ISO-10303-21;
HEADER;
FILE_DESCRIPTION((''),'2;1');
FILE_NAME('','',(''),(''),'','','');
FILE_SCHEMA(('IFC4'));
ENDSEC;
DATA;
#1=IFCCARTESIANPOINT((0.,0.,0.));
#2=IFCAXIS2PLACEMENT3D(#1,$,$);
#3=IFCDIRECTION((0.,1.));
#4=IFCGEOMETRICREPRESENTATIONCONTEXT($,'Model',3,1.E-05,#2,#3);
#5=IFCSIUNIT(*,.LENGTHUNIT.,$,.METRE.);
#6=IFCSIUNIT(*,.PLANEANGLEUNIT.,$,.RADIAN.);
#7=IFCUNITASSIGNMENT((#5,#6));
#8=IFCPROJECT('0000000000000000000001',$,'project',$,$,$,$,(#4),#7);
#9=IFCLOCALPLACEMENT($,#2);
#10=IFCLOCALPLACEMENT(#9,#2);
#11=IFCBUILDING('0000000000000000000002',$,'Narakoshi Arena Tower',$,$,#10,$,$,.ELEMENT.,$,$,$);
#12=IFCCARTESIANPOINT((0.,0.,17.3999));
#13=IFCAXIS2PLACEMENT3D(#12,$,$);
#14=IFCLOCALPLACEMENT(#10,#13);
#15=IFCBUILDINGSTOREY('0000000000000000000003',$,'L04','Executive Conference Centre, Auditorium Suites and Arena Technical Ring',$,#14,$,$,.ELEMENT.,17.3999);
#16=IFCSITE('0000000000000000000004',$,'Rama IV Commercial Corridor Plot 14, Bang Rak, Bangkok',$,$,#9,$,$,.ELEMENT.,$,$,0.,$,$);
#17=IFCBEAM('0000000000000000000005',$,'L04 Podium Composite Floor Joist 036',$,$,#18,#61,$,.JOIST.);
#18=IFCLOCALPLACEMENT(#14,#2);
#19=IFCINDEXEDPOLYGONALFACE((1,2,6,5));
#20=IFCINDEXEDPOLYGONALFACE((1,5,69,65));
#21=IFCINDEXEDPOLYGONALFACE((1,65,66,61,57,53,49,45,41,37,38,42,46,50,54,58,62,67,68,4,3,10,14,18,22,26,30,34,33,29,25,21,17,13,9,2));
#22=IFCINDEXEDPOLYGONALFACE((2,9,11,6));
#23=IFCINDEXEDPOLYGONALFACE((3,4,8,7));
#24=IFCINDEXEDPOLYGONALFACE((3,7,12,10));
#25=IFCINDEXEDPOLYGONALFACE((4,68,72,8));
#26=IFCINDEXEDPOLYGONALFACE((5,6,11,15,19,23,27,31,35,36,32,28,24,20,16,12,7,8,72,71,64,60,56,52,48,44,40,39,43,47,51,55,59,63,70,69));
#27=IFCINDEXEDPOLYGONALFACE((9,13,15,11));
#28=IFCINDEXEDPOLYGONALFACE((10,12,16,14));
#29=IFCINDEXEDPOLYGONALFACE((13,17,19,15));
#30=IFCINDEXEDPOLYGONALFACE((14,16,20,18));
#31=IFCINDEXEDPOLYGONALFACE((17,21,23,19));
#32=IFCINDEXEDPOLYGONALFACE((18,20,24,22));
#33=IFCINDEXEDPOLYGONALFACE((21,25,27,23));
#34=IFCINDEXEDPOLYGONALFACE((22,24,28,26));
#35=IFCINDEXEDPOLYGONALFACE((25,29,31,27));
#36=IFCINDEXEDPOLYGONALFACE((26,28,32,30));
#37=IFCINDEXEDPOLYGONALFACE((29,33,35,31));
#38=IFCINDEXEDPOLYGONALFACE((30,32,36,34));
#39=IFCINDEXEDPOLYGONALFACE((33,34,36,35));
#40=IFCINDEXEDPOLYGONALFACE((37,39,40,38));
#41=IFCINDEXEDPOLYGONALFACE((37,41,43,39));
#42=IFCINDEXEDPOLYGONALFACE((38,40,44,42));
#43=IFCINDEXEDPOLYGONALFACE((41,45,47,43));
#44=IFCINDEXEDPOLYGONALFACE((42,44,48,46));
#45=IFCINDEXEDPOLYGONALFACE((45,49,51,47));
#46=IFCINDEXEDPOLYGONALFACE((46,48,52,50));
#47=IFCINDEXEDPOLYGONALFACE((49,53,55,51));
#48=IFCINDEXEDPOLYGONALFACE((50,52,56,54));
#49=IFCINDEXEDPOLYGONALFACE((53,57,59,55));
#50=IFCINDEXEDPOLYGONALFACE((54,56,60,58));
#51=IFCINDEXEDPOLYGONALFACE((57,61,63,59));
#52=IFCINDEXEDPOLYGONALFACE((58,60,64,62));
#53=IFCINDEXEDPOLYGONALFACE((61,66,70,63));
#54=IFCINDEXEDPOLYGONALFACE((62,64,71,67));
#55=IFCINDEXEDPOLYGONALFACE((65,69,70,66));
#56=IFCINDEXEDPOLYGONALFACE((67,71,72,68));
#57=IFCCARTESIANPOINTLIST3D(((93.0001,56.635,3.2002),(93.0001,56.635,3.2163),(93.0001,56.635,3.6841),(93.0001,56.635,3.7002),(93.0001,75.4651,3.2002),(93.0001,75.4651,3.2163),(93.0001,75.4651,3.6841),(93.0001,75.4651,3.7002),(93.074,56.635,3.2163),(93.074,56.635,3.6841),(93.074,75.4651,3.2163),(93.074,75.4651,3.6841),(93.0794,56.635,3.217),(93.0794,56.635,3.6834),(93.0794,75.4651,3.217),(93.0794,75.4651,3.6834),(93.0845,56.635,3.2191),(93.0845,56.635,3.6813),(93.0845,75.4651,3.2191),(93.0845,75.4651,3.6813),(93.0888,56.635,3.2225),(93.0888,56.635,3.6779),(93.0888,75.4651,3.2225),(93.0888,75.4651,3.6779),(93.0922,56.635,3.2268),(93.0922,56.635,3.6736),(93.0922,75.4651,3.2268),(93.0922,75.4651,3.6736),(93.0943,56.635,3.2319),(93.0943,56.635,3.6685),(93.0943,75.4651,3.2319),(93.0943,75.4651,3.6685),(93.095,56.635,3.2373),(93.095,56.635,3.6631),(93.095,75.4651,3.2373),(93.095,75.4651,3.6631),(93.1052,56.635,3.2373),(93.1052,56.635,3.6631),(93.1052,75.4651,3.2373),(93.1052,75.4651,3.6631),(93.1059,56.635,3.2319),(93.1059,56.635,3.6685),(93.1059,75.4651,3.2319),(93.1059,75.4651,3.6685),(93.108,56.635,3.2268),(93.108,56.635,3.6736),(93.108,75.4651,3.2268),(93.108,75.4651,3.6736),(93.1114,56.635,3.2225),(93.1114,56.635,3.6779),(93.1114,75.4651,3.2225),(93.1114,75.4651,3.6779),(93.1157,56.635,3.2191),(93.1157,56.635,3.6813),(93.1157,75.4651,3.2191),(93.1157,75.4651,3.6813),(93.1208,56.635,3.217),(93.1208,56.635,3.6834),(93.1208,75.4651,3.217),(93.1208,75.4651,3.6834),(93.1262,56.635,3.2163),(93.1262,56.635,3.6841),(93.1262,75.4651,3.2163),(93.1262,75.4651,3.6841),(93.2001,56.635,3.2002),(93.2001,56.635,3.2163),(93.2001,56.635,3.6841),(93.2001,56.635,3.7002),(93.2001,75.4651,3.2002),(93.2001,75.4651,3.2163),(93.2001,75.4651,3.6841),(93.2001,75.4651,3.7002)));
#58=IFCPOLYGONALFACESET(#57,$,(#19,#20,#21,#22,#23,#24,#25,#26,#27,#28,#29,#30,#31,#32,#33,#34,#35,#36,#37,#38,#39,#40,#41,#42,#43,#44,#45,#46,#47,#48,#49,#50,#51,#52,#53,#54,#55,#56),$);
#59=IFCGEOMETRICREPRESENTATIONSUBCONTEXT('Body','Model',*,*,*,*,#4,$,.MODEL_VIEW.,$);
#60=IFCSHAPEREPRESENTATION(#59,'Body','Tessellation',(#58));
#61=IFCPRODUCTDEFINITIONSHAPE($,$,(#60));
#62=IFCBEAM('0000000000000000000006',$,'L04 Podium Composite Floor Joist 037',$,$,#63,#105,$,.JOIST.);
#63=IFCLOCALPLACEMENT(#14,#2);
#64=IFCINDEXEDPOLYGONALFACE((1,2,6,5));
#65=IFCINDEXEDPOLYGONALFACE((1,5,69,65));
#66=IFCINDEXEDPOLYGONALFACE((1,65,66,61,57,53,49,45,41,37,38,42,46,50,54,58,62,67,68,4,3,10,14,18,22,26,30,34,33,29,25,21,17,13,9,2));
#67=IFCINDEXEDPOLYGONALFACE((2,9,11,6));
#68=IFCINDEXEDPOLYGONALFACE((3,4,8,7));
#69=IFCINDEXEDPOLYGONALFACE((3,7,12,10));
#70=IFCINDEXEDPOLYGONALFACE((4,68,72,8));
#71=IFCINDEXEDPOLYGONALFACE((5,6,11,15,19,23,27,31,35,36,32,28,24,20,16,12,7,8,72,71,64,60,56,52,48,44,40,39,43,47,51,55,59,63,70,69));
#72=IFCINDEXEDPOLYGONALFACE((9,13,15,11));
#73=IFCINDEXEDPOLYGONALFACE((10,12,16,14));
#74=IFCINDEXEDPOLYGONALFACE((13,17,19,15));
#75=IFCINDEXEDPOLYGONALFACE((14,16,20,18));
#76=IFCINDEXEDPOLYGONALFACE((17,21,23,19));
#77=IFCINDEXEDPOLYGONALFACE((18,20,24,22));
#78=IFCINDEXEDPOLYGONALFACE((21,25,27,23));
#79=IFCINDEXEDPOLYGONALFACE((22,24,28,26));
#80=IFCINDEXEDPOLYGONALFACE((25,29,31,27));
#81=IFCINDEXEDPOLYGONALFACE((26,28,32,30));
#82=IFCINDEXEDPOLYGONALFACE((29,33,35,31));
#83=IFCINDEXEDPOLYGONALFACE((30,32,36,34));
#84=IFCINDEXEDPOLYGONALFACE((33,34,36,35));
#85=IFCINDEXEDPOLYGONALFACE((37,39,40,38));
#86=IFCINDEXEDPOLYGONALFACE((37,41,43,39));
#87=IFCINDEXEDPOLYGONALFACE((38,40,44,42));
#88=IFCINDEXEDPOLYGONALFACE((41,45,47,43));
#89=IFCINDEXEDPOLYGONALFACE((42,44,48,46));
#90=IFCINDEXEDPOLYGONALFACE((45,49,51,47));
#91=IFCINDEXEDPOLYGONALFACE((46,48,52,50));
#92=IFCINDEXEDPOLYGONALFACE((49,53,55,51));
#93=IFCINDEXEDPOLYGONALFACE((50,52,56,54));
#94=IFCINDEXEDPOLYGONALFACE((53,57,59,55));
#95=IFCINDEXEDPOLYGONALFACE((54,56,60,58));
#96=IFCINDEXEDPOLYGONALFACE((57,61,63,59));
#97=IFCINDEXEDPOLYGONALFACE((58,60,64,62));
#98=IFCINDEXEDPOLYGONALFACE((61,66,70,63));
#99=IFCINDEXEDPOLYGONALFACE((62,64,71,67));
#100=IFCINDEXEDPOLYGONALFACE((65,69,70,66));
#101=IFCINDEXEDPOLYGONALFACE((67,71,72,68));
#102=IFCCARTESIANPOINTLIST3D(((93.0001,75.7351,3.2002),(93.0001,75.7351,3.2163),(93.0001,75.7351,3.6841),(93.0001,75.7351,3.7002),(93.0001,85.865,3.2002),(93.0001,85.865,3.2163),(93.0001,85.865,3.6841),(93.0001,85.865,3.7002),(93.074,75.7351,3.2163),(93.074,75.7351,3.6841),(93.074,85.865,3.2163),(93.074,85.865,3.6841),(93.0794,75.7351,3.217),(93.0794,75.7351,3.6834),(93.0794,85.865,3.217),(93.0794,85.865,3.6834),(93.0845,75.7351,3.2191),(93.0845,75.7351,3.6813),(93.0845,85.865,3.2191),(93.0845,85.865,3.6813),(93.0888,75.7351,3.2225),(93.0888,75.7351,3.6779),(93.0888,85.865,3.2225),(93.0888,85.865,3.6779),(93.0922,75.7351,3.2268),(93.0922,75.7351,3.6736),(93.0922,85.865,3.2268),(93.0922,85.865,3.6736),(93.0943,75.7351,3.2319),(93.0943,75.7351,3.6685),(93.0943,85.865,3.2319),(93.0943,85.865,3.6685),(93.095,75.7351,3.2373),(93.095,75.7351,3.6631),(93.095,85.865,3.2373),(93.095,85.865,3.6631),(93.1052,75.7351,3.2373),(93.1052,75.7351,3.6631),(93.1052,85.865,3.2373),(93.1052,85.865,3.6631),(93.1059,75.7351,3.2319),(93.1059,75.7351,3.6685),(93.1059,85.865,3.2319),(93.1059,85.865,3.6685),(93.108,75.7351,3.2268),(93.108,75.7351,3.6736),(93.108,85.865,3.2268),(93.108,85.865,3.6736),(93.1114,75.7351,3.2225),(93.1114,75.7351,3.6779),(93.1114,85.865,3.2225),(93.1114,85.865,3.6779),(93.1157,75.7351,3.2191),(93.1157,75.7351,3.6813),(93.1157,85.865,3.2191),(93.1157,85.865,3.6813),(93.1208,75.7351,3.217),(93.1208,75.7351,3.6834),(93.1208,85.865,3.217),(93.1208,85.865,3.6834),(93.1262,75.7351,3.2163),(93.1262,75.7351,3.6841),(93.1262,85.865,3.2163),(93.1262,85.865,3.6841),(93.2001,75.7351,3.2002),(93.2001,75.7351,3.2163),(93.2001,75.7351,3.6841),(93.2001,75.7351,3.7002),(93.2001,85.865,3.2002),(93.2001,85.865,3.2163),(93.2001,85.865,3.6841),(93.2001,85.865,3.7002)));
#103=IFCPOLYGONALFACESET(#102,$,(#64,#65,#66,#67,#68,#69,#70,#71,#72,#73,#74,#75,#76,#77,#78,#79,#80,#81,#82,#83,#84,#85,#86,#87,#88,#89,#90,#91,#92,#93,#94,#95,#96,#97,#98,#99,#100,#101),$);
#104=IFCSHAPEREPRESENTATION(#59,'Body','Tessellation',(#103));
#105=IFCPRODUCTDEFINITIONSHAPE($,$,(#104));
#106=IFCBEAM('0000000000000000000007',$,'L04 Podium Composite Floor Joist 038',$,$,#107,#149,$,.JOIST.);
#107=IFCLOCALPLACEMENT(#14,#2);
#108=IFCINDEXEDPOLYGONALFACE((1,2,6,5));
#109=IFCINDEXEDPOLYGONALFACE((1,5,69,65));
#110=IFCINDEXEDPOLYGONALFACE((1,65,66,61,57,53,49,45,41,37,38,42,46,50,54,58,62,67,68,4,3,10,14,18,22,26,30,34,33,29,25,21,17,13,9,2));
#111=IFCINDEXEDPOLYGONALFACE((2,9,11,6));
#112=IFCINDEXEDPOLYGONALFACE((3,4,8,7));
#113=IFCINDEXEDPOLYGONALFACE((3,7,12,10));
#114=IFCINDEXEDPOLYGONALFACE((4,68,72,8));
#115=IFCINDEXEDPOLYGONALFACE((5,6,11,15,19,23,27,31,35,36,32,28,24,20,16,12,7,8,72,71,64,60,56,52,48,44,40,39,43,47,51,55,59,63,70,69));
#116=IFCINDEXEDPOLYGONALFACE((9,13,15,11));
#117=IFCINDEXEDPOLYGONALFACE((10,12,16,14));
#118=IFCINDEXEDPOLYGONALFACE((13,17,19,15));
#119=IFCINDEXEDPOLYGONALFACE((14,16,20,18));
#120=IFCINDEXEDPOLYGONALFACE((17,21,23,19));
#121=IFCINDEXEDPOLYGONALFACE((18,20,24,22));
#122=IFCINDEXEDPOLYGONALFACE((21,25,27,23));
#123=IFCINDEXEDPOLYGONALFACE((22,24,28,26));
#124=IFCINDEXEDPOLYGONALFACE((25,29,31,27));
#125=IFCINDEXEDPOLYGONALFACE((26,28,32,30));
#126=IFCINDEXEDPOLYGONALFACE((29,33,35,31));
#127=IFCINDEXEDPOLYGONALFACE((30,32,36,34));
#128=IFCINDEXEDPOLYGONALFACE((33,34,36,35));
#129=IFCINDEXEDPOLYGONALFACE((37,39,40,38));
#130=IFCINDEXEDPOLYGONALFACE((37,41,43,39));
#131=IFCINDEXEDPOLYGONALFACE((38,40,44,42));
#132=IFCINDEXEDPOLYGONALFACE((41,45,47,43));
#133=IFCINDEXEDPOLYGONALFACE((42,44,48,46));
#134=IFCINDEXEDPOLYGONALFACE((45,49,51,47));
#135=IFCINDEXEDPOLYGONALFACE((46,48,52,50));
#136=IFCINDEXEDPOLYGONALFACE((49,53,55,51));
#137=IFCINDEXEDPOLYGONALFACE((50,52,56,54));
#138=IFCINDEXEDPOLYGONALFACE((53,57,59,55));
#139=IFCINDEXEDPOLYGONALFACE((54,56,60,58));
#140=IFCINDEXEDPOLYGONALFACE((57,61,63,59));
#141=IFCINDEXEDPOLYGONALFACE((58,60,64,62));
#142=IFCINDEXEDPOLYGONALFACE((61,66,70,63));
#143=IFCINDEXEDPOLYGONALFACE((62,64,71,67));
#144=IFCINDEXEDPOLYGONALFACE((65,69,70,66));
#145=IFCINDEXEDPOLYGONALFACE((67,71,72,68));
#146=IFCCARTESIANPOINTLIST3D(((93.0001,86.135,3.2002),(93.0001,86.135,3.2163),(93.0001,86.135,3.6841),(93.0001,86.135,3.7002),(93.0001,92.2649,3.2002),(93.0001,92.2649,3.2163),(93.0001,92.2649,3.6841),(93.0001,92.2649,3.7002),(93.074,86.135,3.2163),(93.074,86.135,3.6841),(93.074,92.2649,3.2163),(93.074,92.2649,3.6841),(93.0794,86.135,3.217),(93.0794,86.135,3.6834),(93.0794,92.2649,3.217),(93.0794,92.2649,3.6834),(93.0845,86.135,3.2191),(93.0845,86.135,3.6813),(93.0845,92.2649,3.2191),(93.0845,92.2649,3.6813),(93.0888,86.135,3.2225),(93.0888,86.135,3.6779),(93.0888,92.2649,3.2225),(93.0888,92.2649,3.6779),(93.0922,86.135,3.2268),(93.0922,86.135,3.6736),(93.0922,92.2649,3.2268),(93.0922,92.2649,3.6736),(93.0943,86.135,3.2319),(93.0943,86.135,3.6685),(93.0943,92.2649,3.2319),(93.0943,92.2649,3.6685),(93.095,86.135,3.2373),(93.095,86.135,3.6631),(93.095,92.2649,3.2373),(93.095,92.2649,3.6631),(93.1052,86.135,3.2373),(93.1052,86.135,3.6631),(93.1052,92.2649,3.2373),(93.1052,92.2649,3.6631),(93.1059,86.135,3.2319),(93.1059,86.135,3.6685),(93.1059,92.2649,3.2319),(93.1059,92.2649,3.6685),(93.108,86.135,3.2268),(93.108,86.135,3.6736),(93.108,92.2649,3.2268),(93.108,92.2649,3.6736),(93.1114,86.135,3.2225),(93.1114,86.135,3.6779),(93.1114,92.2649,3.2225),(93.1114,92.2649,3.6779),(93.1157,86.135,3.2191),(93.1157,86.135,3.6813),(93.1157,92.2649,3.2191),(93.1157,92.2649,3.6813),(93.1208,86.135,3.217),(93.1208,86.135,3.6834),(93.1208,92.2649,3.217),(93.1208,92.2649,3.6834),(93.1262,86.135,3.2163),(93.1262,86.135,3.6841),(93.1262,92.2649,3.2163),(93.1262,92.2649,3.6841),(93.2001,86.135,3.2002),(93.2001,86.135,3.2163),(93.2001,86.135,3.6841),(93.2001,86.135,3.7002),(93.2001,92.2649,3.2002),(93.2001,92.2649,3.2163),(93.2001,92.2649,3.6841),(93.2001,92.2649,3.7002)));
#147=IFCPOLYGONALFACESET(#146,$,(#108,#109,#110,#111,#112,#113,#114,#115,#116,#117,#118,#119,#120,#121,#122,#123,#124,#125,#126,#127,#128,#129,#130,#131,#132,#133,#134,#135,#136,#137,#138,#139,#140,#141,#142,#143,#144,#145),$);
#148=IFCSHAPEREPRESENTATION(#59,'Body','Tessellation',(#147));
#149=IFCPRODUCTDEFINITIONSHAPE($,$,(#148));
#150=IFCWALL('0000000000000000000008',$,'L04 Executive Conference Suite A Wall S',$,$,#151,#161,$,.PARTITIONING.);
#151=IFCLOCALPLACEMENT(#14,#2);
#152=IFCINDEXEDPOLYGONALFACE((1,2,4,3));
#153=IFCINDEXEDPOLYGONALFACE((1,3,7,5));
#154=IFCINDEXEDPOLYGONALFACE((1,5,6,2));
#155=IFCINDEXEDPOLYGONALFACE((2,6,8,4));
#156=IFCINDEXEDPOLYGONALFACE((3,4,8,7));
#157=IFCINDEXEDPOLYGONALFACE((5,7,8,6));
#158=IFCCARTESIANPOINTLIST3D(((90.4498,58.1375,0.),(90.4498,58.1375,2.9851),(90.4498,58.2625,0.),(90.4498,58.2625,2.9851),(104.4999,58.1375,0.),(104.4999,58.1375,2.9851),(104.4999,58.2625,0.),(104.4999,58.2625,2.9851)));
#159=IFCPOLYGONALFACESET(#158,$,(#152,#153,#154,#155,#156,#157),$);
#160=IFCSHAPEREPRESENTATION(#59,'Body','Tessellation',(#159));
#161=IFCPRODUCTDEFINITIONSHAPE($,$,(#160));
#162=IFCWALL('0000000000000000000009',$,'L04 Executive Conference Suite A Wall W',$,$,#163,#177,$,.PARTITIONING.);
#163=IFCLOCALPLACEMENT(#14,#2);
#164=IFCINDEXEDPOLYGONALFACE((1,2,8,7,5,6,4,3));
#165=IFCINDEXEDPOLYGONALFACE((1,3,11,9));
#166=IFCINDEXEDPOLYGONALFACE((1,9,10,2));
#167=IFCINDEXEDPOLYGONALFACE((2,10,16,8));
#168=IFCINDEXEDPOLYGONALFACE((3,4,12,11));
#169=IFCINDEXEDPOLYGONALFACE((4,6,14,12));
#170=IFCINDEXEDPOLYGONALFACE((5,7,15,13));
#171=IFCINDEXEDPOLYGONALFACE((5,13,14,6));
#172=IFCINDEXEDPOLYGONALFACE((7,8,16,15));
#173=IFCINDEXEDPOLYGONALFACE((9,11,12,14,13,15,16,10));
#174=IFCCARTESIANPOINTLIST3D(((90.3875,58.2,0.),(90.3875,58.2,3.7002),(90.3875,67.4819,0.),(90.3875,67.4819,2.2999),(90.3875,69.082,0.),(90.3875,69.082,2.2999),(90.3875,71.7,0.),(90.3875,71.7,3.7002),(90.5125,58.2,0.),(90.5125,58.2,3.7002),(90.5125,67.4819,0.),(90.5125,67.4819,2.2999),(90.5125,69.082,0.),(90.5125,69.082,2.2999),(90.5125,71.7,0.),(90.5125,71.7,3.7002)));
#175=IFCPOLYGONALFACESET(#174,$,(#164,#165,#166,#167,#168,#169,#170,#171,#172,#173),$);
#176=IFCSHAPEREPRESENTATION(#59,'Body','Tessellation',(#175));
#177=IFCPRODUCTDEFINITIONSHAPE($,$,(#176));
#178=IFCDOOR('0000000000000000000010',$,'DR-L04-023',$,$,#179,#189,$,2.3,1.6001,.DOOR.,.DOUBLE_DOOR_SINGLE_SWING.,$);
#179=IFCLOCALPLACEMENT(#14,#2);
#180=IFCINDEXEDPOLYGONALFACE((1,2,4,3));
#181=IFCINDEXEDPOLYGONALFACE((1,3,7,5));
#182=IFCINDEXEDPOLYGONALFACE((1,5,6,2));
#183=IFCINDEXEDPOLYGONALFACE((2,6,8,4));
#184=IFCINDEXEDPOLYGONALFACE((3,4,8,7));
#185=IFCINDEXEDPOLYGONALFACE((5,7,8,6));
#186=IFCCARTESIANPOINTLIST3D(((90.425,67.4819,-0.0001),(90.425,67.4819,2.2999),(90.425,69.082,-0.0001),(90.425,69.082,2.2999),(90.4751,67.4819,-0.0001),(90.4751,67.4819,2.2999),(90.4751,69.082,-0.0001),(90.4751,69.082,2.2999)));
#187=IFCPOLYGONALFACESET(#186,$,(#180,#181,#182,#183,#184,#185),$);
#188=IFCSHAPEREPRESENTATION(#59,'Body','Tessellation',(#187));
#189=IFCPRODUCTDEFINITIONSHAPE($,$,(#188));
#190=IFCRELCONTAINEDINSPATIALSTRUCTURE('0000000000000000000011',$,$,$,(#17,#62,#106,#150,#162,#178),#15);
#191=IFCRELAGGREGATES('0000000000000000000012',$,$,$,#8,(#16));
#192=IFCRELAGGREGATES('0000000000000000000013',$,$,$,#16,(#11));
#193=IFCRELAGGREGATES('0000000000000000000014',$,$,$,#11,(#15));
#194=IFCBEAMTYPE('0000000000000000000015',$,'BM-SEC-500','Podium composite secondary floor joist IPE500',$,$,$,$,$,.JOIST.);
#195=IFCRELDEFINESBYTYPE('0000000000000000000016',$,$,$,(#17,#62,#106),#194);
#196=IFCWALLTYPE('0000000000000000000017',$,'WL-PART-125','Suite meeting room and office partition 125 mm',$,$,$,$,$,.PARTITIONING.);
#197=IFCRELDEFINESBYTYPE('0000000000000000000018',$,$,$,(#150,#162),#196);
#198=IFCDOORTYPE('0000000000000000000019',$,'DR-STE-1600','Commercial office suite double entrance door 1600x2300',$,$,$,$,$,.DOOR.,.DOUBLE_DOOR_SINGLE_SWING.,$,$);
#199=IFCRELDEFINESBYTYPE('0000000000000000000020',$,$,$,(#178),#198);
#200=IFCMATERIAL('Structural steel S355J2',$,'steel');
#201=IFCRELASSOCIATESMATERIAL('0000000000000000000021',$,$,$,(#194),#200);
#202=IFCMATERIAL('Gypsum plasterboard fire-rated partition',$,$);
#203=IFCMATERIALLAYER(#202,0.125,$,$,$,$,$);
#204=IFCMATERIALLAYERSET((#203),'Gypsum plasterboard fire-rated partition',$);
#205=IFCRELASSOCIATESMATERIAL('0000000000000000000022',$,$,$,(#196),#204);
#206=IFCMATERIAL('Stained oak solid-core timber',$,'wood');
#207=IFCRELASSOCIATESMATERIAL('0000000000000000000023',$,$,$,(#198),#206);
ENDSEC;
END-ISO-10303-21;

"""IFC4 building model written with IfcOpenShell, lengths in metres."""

from ifc_helpers import new_model, si_unit, direction, frame, frame_2d, origin, origin_2d, place, context, subcontext, project, spatial, rectangle, i_section, extrude, material, layer, layer_set, material_profile, profile_set, type_object, element, fill, save


model = new_model("IFC4")

# Units and contexts
model_context = context("Model", 3, precision=1e-05, world=origin(), true_north=direction((0.0, 1.0)))
body_context = subcontext(model_context, "Body", "Model", "MODEL_VIEW")
ifc_project = project(units=[si_unit("LENGTHUNIT", "METRE"), si_unit("PLANEANGLEUNIT", "RADIAN")], contexts=[model_context])

# Site, building, storey
site_placement = place(None, origin())
site = spatial("IfcSite", under=ifc_project, at=site_placement, Name="Rama IV Commercial Corridor Plot 14, Bang Rak, Bangkok", CompositionType="ELEMENT", RefElevation=0.0)
building_placement = place(site_placement, origin())
building = spatial("IfcBuilding", under=site, at=building_placement, Name="Narakoshi Arena Tower", CompositionType="ELEMENT")
storey_placement = place(building_placement, frame((0.0, 0.0, 17.3999)))
storey = spatial("IfcBuildingStorey", under=building, at=storey_placement, Name="L04", Description="Executive Conference Centre, Auditorium Suites and Arena Technical Ring", CompositionType="ELEMENT", Elevation=17.3999)

# Beams
ifc_material_1 = material(Name="Structural steel S355J2", Category="steel")
ifc_material_profile_1 = material_profile(ifc_material_1, i_section(OverallWidth=0.2, OverallDepth=0.5, WebThickness=0.0103, FlangeThickness=0.0161, FilletRadius=0.021, at=origin_2d()), Name="IPE500")
ifc_profile_set_1 = profile_set([ifc_material_profile_1], Name="Structural steel S355J2")
beam_type_1 = type_object("IfcBeamType", Name="BM-SEC-500", Description="Podium composite secondary floor joist IPE500", PredefinedType="JOIST", material=ifc_profile_set_1)
beam_1_placement = place(storey_placement, frame((93.1001, 56.635, 3.4502), z_axis=(0.0, 1.0, 0.0), x_axis=(-1.0, 0.0, 0.0)))
element("IfcBeam", 1, at=beam_1_placement, inside=storey, type_object=beam_type_1, Name="L04 Podium Composite Floor Joist 036", PredefinedType="JOIST", context=body_context, shape_type="SweptSolid", body=[
    extrude(i_section(OverallWidth=0.2, OverallDepth=0.5, WebThickness=0.0103, FlangeThickness=0.0161, FilletRadius=0.021, at=origin_2d()), origin(), (0.0, 0.0, 1.0), 18.8301),
])
beam_2_placement = place(storey_placement, frame((93.1001, 75.7351, 3.4502), z_axis=(0.0, 1.0, 0.0), x_axis=(-1.0, 0.0, 0.0)))
element("IfcBeam", 2, at=beam_2_placement, inside=storey, type_object=beam_type_1, Name="L04 Podium Composite Floor Joist 037", PredefinedType="JOIST", context=body_context, shape_type="SweptSolid", body=[
    extrude(i_section(OverallWidth=0.2, OverallDepth=0.5, WebThickness=0.0103, FlangeThickness=0.0161, FilletRadius=0.021, at=origin_2d()), origin(), (0.0, 0.0, 1.0), 10.1299),
])
beam_3_placement = place(storey_placement, frame((93.1001, 86.135, 3.4502), z_axis=(0.0, 1.0, 0.0), x_axis=(-1.0, 0.0, 0.0)))
element("IfcBeam", 3, at=beam_3_placement, inside=storey, type_object=beam_type_1, Name="L04 Podium Composite Floor Joist 038", PredefinedType="JOIST", context=body_context, shape_type="SweptSolid", body=[
    extrude(i_section(OverallWidth=0.2, OverallDepth=0.5, WebThickness=0.0103, FlangeThickness=0.0161, FilletRadius=0.021, at=origin_2d()), origin(), (0.0, 0.0, 1.0), 6.1299),
])

# Wall
ifc_material_2 = material(Name="Gypsum plasterboard fire-rated partition")
ifc_layer = layer(ifc_material_2, 0.125)
ifc_layer_set = layer_set([ifc_layer], Name="Gypsum plasterboard fire-rated partition")
wall_type = type_object("IfcWallType", Name="WL-PART-125", Description="Suite meeting room and office partition 125 mm", PredefinedType="PARTITIONING", material=ifc_layer_set)
wall_1_placement = place(storey_placement, frame((90.45, 58.2, 0.0), z_axis=(0.0, 0.0, 1.0), x_axis=(1.0, 0.0, 0.0)))
element("IfcWall", 4, at=wall_1_placement, inside=storey, type_object=wall_type, Name="L04 Executive Conference Suite A Wall S", PredefinedType="PARTITIONING", context=body_context, shape_type="SweptSolid", body=[
    extrude(rectangle(XDim=14.05, YDim=0.125, at=frame_2d((7.0249, 0.0))), origin(), (0.0, 0.0, 1.0), 2.9851),
])

# Wall, opening, door
wall_2_placement = place(storey_placement, frame((90.45, 71.7, 0.0), z_axis=(0.0, 0.0, 1.0), x_axis=(0.0, -1.0, 0.0)))
wall_2 = element("IfcWall", 5, at=wall_2_placement, inside=storey, type_object=wall_type, Name="L04 Executive Conference Suite A Wall W", PredefinedType="PARTITIONING", context=body_context, shape_type="SweptSolid", body=[
    extrude(rectangle(XDim=13.5, YDim=0.125, at=frame_2d((6.75, 0.0))), origin(), (0.0, 0.0, 1.0), 3.7002),
])
opening_1_placement = place(wall_2_placement, frame((2.6179, 0.0, 0.0)))
opening_1 = element("IfcOpeningElement", 6, at=opening_1_placement, cuts=wall_2, PredefinedType="OPENING", context=body_context, shape_type="SweptSolid", body=[
    extrude(rectangle(XDim=1.6001, YDim=2.3, at=frame_2d((0.8, 1.1499))), frame((0.0, 0.0725, 0.0), z_axis=(0.0, -1.0, 0.0), x_axis=(1.0, 0.0, 0.0)), (0.0, 0.0, 1.0), 0.145),
])
ifc_material_3 = material(Name="Stained oak solid-core timber", Category="wood")
door_type_1 = type_object("IfcDoorType", Name="DR-STE-1600", Description="Commercial office suite double entrance door 1600x2300", OperationType="DOUBLE_DOOR_SINGLE_SWING", PredefinedType="DOOR", material=ifc_material_3)
door_1_placement = place(opening_1_placement, frame((1.6001, 0.0, 0.0), z_axis=(0.0, 0.0, 1.0), x_axis=(-1.0, 0.0, 0.0)))
door_1 = element("IfcDoor", 7, at=door_1_placement, inside=storey, type_object=door_type_1, Name="DR-L04-023", OperationType="DOUBLE_DOOR_SINGLE_SWING", OverallHeight=2.3, OverallWidth=1.6001, PredefinedType="DOOR", context=body_context, shape_type="SweptSolid", body=[
    extrude(rectangle(XDim=1.6001, YDim=2.3, at=frame_2d((0.8, 1.1499))), frame((0.0, 0.0249, 0.0), z_axis=(0.0, -1.0, 0.0), x_axis=(1.0, 0.0, 0.0)), (0.0, 0.0, 1.0), 0.05),
])
fill(opening_1, door_1)

save(model, "model.ifc")
